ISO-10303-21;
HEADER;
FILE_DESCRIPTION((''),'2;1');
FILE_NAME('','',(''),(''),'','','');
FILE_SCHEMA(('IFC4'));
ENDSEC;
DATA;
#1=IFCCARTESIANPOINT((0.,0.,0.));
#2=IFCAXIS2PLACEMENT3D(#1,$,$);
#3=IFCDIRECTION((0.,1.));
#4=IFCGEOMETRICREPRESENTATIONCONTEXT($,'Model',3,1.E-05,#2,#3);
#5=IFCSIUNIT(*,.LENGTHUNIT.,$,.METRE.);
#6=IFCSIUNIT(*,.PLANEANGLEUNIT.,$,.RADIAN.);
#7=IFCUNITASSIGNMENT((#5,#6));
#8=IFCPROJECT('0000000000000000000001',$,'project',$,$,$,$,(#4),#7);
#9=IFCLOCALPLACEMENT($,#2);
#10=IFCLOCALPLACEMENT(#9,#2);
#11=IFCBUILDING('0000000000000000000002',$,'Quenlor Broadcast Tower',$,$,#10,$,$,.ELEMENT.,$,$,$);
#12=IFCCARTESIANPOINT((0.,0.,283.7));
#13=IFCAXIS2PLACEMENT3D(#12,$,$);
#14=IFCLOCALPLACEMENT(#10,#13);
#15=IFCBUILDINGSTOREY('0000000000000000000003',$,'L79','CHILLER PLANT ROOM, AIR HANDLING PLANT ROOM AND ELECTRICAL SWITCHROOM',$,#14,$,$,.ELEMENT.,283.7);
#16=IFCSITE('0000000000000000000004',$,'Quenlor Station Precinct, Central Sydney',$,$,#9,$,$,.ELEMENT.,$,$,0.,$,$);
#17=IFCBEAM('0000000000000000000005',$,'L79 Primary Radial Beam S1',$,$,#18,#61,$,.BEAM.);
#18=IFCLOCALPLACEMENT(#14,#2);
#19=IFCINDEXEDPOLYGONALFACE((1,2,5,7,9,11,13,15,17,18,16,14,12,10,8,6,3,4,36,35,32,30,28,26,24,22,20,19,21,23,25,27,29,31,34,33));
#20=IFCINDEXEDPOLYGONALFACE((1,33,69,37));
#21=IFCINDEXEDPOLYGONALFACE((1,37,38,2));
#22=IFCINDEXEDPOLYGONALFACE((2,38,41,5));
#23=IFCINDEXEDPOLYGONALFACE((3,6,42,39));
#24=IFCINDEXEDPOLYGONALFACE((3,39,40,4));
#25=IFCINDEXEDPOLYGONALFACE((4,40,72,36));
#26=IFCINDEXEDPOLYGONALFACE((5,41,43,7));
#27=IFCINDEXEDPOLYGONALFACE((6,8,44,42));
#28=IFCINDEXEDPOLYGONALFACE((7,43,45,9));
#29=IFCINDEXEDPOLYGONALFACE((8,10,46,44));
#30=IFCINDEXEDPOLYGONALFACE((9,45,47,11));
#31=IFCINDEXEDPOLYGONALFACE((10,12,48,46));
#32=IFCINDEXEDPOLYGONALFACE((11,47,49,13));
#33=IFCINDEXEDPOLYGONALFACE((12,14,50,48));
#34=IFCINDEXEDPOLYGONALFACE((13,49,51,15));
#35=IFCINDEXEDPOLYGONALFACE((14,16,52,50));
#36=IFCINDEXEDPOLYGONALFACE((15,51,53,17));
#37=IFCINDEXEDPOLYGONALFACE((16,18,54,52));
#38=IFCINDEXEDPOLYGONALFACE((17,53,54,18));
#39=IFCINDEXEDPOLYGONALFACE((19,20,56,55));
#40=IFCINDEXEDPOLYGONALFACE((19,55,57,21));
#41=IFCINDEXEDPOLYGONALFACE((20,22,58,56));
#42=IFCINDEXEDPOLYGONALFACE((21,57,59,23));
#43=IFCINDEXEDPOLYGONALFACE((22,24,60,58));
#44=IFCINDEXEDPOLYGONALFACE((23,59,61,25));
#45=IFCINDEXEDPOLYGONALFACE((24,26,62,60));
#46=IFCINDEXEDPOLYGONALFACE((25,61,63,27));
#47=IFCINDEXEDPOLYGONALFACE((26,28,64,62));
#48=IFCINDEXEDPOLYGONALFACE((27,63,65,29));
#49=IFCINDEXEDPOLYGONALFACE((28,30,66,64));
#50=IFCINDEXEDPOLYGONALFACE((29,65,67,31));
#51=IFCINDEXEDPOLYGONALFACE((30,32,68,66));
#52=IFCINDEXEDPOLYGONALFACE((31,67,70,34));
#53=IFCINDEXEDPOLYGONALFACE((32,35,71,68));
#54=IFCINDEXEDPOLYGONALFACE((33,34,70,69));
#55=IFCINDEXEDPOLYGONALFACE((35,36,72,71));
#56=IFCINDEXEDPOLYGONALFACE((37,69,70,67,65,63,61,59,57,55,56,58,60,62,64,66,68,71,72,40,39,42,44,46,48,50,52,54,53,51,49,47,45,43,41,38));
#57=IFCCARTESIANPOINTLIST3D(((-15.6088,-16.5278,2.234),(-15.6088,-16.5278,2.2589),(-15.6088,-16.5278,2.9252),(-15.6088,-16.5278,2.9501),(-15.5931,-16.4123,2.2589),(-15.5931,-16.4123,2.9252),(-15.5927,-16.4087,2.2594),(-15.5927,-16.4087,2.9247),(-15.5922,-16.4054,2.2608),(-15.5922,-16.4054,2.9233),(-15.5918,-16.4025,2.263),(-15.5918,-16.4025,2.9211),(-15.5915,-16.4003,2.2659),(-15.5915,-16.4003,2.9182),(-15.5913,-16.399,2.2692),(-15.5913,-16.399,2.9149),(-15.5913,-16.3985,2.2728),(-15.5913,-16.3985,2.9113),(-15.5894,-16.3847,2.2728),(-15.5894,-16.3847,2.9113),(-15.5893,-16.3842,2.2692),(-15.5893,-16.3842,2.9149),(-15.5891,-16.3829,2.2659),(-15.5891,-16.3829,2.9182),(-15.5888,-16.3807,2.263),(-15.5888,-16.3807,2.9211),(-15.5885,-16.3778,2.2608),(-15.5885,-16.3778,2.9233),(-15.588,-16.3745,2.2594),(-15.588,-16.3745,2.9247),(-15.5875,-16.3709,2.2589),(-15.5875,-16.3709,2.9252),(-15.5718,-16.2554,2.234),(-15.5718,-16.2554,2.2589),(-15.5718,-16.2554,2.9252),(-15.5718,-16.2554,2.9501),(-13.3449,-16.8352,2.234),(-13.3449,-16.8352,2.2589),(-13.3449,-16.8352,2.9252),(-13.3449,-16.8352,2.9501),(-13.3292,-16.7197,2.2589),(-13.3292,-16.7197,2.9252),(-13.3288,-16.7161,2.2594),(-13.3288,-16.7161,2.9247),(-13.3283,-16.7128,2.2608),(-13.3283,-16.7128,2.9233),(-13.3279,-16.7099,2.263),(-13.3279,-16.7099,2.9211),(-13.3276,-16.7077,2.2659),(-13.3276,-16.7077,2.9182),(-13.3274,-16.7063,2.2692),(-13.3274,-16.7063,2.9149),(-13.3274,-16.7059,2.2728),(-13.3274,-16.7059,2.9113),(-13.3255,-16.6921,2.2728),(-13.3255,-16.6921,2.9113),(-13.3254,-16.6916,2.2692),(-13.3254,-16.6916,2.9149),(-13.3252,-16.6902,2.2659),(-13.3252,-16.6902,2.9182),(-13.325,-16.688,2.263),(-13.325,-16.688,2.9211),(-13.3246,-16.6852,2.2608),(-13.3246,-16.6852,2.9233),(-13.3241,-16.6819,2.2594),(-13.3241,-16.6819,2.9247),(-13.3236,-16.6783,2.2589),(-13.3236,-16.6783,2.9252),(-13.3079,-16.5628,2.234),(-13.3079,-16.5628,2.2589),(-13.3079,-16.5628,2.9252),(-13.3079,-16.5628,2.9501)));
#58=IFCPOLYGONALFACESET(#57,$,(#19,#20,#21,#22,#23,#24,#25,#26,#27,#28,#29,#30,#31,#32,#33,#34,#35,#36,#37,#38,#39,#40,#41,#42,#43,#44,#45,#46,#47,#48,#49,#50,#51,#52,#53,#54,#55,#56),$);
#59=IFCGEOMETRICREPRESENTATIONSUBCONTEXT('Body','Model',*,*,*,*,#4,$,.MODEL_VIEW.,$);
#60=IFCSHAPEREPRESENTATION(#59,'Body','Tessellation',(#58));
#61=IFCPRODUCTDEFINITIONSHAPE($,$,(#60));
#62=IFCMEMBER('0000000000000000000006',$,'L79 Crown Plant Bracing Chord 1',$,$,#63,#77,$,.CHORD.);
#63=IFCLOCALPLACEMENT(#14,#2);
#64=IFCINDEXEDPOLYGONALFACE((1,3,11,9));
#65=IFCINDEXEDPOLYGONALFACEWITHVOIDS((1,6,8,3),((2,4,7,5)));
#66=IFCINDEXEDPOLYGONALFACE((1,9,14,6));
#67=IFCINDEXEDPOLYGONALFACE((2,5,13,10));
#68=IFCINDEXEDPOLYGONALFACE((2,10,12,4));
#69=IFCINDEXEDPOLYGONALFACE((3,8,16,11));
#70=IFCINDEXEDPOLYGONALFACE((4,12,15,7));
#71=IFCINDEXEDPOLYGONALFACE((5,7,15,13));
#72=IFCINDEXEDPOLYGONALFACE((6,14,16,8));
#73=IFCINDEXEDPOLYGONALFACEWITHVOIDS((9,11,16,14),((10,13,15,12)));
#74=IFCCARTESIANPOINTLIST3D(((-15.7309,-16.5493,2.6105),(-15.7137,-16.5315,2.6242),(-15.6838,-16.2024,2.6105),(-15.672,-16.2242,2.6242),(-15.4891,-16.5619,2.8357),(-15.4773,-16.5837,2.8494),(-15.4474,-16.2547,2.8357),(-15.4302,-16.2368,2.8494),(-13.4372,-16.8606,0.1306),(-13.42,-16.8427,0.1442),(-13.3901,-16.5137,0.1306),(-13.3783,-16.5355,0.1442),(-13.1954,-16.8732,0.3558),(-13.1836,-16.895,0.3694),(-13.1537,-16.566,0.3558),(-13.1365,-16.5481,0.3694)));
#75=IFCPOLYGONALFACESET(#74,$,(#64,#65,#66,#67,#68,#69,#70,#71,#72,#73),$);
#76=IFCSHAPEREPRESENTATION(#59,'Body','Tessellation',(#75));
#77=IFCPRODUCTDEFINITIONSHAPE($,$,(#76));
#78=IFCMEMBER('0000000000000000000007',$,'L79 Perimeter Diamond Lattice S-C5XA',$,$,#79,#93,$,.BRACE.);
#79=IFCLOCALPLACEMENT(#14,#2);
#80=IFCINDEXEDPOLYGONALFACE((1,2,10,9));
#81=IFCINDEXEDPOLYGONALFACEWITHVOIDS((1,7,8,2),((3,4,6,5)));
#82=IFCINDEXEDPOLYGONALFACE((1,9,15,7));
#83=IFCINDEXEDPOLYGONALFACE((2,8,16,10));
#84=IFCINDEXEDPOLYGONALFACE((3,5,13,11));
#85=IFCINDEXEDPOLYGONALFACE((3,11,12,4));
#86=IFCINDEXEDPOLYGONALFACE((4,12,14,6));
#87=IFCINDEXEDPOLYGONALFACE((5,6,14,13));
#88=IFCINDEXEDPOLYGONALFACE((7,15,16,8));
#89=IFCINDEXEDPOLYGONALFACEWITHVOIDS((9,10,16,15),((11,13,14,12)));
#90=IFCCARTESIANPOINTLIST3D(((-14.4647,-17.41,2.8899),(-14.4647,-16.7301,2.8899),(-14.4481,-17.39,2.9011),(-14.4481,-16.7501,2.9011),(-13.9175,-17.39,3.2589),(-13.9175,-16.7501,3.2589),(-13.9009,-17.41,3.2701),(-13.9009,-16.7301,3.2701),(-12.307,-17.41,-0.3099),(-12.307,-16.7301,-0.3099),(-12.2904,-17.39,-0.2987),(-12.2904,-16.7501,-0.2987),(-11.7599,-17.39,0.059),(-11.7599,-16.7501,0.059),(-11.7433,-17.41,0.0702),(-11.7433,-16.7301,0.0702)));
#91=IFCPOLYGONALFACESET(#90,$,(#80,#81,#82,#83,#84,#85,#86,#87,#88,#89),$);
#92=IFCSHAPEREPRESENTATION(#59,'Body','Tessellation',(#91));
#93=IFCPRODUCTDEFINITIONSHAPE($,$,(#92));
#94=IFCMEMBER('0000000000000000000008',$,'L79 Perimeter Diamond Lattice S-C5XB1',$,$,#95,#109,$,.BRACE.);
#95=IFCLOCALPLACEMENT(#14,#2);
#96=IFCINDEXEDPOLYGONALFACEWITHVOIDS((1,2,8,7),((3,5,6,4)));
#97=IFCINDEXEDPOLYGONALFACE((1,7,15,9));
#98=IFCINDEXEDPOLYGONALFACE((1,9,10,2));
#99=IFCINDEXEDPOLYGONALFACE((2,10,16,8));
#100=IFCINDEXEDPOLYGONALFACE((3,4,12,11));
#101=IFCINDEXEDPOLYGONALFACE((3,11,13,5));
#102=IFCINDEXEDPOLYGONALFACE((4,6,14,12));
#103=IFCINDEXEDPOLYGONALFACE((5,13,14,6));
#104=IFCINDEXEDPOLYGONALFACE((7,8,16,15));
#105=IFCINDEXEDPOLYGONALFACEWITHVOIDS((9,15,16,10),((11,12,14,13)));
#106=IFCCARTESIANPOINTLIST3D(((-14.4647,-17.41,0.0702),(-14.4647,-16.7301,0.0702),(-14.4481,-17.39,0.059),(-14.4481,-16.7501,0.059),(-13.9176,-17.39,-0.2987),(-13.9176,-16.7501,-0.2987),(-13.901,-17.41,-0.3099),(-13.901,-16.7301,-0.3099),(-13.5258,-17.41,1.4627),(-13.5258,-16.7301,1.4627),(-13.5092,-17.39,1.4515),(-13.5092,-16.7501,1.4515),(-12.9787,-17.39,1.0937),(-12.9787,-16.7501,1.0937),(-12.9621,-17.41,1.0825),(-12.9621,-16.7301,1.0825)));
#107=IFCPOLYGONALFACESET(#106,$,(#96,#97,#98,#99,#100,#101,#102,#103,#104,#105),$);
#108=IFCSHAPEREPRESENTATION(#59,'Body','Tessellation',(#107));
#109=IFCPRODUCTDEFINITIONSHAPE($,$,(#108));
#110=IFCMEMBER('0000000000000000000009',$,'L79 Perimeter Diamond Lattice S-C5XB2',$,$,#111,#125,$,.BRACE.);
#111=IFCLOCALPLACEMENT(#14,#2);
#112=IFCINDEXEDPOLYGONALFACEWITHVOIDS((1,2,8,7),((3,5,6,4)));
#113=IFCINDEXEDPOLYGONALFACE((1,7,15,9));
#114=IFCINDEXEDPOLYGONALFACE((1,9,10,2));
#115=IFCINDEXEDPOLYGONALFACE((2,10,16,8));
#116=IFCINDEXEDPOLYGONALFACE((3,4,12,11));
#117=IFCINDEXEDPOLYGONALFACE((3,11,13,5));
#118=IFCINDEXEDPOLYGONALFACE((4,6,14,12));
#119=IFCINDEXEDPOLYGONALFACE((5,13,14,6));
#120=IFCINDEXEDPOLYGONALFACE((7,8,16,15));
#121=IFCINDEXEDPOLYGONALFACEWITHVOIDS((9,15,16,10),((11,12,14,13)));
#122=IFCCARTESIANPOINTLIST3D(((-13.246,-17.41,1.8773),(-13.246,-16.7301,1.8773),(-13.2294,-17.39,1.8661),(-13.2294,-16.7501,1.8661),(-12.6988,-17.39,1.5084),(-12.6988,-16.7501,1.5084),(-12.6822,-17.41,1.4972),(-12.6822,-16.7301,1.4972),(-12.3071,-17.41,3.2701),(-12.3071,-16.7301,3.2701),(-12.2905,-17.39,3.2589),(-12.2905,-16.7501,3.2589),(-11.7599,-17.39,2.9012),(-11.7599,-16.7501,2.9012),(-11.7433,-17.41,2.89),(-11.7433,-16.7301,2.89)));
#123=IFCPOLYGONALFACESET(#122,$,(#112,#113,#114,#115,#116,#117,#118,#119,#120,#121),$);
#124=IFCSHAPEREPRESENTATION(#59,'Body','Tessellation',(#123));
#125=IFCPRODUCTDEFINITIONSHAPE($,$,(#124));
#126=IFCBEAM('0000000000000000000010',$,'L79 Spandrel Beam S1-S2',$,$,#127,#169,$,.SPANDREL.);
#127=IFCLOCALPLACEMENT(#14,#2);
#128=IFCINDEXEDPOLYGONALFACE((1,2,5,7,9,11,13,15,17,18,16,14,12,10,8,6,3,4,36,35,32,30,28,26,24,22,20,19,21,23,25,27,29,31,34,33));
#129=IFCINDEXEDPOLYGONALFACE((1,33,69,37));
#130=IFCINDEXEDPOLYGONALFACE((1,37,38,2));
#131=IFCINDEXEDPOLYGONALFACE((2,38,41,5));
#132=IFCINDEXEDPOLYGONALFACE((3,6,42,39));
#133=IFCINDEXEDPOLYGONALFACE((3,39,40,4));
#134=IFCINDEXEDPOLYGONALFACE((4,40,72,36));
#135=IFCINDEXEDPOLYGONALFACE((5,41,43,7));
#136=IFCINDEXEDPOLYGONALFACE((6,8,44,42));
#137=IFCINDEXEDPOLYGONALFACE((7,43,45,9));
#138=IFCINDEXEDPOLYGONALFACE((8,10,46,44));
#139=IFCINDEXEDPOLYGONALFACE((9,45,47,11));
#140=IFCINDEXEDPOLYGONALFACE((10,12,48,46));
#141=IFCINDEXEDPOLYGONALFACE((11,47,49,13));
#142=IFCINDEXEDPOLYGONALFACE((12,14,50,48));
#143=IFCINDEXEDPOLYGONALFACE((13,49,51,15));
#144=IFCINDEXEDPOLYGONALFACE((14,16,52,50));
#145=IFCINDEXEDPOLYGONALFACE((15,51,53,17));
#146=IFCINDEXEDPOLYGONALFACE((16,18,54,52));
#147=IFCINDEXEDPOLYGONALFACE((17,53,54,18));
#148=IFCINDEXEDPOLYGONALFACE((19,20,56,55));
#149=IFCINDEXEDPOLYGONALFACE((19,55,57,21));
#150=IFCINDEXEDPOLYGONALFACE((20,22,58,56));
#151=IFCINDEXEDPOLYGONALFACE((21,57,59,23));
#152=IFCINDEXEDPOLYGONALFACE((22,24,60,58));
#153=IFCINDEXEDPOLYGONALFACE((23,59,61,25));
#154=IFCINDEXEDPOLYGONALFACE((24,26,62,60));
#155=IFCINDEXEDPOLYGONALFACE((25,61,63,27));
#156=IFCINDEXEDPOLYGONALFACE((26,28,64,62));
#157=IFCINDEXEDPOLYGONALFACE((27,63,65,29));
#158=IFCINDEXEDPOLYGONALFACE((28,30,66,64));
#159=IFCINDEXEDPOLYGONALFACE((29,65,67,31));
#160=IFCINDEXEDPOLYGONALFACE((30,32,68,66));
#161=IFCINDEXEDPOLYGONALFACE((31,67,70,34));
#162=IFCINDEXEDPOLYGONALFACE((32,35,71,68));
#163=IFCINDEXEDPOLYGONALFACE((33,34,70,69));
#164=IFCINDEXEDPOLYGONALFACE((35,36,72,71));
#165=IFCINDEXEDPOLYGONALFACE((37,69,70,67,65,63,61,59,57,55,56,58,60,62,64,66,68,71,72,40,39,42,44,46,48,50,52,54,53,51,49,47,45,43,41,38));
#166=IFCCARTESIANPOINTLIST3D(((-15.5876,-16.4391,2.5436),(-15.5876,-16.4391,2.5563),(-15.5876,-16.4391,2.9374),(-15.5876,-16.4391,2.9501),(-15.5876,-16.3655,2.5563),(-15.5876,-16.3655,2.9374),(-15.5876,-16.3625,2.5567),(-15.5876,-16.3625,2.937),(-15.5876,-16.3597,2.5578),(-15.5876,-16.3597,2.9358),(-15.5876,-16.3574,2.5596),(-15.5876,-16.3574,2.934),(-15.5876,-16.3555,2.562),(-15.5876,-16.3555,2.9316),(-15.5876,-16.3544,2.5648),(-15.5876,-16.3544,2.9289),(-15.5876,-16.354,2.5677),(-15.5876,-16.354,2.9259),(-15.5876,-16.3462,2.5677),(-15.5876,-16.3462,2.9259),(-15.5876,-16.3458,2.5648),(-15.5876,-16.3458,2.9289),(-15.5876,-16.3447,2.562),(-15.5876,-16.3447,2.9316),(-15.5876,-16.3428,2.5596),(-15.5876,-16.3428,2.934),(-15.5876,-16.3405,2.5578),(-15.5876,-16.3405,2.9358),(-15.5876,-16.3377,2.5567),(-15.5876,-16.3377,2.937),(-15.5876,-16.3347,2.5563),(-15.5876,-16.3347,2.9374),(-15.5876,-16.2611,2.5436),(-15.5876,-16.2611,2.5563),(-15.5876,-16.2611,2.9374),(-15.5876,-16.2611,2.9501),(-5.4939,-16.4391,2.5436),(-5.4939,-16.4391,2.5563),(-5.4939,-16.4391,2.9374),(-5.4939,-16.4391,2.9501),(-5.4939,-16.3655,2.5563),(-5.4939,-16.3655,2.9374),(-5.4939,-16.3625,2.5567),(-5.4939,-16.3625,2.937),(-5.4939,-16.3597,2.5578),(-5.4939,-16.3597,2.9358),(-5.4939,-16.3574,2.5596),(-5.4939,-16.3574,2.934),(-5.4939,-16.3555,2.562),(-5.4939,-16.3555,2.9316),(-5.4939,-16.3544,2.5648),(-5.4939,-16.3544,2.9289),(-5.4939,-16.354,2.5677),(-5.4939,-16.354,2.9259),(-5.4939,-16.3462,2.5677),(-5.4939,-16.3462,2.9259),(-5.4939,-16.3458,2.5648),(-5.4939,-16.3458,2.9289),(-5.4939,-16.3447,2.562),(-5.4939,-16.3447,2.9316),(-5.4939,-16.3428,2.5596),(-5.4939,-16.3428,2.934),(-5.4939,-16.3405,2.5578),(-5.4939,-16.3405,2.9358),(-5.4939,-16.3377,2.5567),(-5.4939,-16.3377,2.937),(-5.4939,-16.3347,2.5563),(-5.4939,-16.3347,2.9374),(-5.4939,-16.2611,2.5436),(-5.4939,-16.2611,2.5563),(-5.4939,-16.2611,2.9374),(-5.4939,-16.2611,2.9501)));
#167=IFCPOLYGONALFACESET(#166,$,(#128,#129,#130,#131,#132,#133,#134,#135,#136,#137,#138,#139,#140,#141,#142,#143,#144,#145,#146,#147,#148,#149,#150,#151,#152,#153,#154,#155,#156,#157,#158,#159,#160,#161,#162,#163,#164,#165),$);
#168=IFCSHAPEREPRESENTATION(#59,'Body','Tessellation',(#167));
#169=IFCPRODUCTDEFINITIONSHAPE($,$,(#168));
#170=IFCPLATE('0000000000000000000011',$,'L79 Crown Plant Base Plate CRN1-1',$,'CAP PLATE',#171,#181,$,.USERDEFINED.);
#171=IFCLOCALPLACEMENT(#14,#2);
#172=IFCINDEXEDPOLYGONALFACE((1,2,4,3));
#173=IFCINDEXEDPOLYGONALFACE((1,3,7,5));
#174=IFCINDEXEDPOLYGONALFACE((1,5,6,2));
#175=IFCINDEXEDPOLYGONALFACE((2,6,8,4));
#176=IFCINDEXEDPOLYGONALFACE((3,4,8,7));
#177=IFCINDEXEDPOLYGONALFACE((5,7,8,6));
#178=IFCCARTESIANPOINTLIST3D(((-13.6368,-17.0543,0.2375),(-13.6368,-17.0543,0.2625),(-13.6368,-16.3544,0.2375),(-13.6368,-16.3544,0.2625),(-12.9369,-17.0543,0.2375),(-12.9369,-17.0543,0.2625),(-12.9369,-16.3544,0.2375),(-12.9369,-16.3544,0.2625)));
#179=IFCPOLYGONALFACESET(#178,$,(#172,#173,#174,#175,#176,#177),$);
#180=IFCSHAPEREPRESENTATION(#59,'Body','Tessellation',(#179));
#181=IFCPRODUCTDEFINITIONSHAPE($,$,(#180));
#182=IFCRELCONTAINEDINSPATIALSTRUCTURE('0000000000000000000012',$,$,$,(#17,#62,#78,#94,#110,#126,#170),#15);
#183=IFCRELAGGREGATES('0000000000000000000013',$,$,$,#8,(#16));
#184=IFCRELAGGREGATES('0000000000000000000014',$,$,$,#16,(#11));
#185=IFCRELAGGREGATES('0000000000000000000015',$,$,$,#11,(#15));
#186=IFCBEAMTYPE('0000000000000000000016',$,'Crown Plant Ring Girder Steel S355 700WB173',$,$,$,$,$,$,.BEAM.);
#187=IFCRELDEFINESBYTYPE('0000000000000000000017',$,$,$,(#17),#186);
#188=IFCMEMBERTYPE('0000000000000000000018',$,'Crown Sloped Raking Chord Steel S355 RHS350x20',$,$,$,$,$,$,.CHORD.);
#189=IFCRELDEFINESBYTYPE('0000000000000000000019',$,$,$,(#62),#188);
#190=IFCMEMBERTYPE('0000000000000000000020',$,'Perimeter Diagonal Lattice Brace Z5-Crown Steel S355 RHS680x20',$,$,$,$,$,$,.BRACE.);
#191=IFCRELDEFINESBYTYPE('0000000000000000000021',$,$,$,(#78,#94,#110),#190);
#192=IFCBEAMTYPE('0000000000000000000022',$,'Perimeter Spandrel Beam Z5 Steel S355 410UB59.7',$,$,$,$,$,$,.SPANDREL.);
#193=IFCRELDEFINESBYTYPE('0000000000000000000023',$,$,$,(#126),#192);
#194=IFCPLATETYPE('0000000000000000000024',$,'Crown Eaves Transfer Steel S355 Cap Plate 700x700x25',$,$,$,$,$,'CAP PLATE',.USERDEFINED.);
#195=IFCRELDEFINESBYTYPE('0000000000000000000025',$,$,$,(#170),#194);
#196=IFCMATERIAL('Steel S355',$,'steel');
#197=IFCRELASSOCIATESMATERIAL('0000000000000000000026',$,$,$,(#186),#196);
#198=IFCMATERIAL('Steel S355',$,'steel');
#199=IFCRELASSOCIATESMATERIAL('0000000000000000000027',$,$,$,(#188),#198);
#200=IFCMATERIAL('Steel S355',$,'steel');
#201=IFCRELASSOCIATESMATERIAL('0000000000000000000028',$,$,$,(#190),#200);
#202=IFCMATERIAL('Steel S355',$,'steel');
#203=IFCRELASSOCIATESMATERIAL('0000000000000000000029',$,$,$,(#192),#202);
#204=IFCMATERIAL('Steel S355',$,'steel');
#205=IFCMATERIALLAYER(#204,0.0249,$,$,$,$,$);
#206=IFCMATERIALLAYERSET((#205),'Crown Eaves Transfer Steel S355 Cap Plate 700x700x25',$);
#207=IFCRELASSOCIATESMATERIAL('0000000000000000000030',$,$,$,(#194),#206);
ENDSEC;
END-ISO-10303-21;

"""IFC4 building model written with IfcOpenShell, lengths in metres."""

from ifc_helpers import new_model, si_unit, direction, frame, origin, origin_2d, place, context, subcontext, project, spatial, rectangle, hollow_rectangle, i_section, extrude, material, layer, layer_set, material_profile, profile_set, type_object, element, save


model = new_model("IFC4")

# Units and contexts
model_context = context("Model", 3, precision=1e-05, world=origin(), true_north=direction((0.0, 1.0)))
body_context = subcontext(model_context, "Body", "Model", "MODEL_VIEW")
ifc_project = project(units=[si_unit("LENGTHUNIT", "METRE"), si_unit("PLANEANGLEUNIT", "RADIAN")], contexts=[model_context])

# Site, building, storey
site_placement = place(None, origin())
site = spatial("IfcSite", under=ifc_project, at=site_placement, Name="Quenlor Station Precinct, Central Sydney", CompositionType="ELEMENT", RefElevation=0.0)
building_placement = place(site_placement, origin())
building = spatial("IfcBuilding", under=site, at=building_placement, Name="Quenlor Broadcast Tower", CompositionType="ELEMENT")
storey_placement = place(building_placement, frame((0.0, 0.0, 283.7)))
storey = spatial("IfcBuildingStorey", under=building, at=storey_placement, Name="L79", Description="CHILLER PLANT ROOM, AIR HANDLING PLANT ROOM AND ELECTRICAL SWITCHROOM", CompositionType="ELEMENT", Elevation=283.7)

# Beam
ifc_material_1 = material(Name="Steel S355", Category="steel")
ifc_material_profile_1 = material_profile(ifc_material_1, i_section(OverallWidth=0.2749, OverallDepth=0.7161, WebThickness=0.0139, FlangeThickness=0.0249, FilletRadius=0.0139, at=origin_2d()))
ifc_profile_set_1 = profile_set([ifc_material_profile_1], Name="Steel S355 700WB173")
beam_type_1 = type_object("IfcBeamType", Name="Crown Plant Ring Girder Steel S355 700WB173", PredefinedType="BEAM", material=ifc_profile_set_1)
beam_1_placement = place(storey_placement, frame((-15.5903, -16.3916, 2.592), z_axis=(0.990909, -0.134536, 0.0), x_axis=(0.134536, 0.990909, 0.0)))
element("IfcBeam", 1, at=beam_1_placement, inside=storey, type_object=beam_type_1, Name="L79 Primary Radial Beam S1", PredefinedType="BEAM", context=body_context, shape_type="SweptSolid", body=[
    extrude(i_section(OverallWidth=0.2749, OverallDepth=0.7161, WebThickness=0.0139, FlangeThickness=0.0249, FilletRadius=0.0139, at=origin_2d()), origin(), (0.0, 0.0, 1.0), 2.2847),
])

# Members
ifc_material_2 = material(Name="Steel S355", Category="steel")
ifc_material_profile_2 = material_profile(ifc_material_2, hollow_rectangle(XDim=0.3501, YDim=0.3501, WallThickness=0.02, at=origin_2d()))
ifc_profile_set_2 = profile_set([ifc_material_profile_2], Name="Steel S355 RHS350x350x20")
member_type_1 = type_object("IfcMemberType", Name="Crown Sloped Raking Chord Steel S355 RHS350x20", PredefinedType="CHORD", material=ifc_profile_set_2)
member_1_placement = place(storey_placement, frame((-13.2869, -16.7043, 0.25), z_axis=(-0.676133, 0.091758, 0.731044), x_axis=(-0.134478, -0.990917, 0.0)))
element("IfcMember", 2, at=member_1_placement, inside=storey, type_object=member_type_1, Name="L79 Crown Plant Bracing Chord 1", PredefinedType="CHORD", context=body_context, shape_type="SweptSolid", body=[
    extrude(hollow_rectangle(XDim=0.3501, YDim=0.3501, WallThickness=0.02, at=origin_2d()), origin(), (0.0, 0.0, 1.0), 3.3923),
])
ifc_material_3 = material(Name="Steel S355", Category="steel")
ifc_material_profile_3 = material_profile(ifc_material_3, hollow_rectangle(XDim=0.6799, YDim=0.6799, WallThickness=0.02, at=origin_2d()))
ifc_profile_set_3 = profile_set([ifc_material_profile_3], Name="Steel S355 RHS680x680x20")
member_type_2 = type_object("IfcMemberType", Name="Perimeter Diagonal Lattice Brace Z5-Crown Steel S355 RHS680x20", PredefinedType="BRACE", material=ifc_profile_set_3)
member_2_placement = place(storey_placement, frame((-12.0251, -17.0701, -0.1199), z_axis=(-0.559072, 0.0, 0.829119), x_axis=(0.0, -1.0, 0.0)))
element("IfcMember", 3, at=member_2_placement, inside=storey, type_object=member_type_2, Name="L79 Perimeter Diamond Lattice S-C5XA", PredefinedType="BRACE", context=body_context, shape_type="SweptSolid", body=[
    extrude(hollow_rectangle(XDim=0.6799, YDim=0.6799, WallThickness=0.02, at=origin_2d()), origin(), (0.0, 0.0, 1.0), 3.8594),
])
member_3_placement = place(storey_placement, frame((-14.1829, -17.0701, -0.1199), z_axis=(0.559053, 0.0, 0.829132), x_axis=(0.0, 1.0, 0.0)))
element("IfcMember", 4, at=member_3_placement, inside=storey, type_object=member_type_2, Name="L79 Perimeter Diamond Lattice S-C5XB1", PredefinedType="BRACE", context=body_context, shape_type="SweptSolid", body=[
    extrude(hollow_rectangle(XDim=0.6799, YDim=0.6799, WallThickness=0.02, at=origin_2d()), origin(), (0.0, 0.0, 1.0), 1.6794),
])
member_4_placement = place(storey_placement, frame((-12.9641, -17.0701, 1.6873), z_axis=(0.558986, 0.0, 0.829177), x_axis=(0.0, 1.0, 0.0)))
element("IfcMember", 5, at=member_4_placement, inside=storey, type_object=member_type_2, Name="L79 Perimeter Diamond Lattice S-C5XB2", PredefinedType="BRACE", context=body_context, shape_type="SweptSolid", body=[
    extrude(hollow_rectangle(XDim=0.6799, YDim=0.6799, WallThickness=0.02, at=origin_2d()), origin(), (0.0, 0.0, 1.0), 1.6797),
])

# Beam
ifc_material_4 = material(Name="Steel S355", Category="steel")
ifc_material_profile_4 = material_profile(ifc_material_4, i_section(OverallWidth=0.178, OverallDepth=0.4065, WebThickness=0.0078, FlangeThickness=0.0127, FilletRadius=0.0115, at=origin_2d()))
ifc_profile_set_4 = profile_set([ifc_material_profile_4], Name="Steel S355 410UB59.7")
beam_type_2 = type_object("IfcBeamType", Name="Perimeter Spandrel Beam Z5 Steel S355 410UB59.7", PredefinedType="SPANDREL", material=ifc_profile_set_4)
beam_2_placement = place(storey_placement, frame((-15.5876, -16.3501, 2.7468), z_axis=(1.0, 0.0, 0.0), x_axis=(0.0, 1.0, 0.0)))
element("IfcBeam", 6, at=beam_2_placement, inside=storey, type_object=beam_type_2, Name="L79 Spandrel Beam S1-S2", PredefinedType="SPANDREL", context=body_context, shape_type="SweptSolid", body=[
    extrude(i_section(OverallWidth=0.178, OverallDepth=0.4065, WebThickness=0.0078, FlangeThickness=0.0127, FilletRadius=0.0115, at=origin_2d()), origin(), (0.0, 0.0, 1.0), 10.0938),
])

# Plate
ifc_material_5 = material(Name="Steel S355", Category="steel")
ifc_layer_1 = layer(ifc_material_5, 0.0249)
ifc_layer_set_1 = layer_set([ifc_layer_1], Name="Crown Eaves Transfer Steel S355 Cap Plate 700x700x25")
plate_type_1 = type_object("IfcPlateType", Name="Crown Eaves Transfer Steel S355 Cap Plate 700x700x25", ElementType="CAP PLATE", PredefinedType="USERDEFINED", material=ifc_layer_set_1)
plate_1_placement = place(storey_placement, frame((-13.2869, -16.7043, 0.2375), z_axis=(0.0, 0.0, 1.0), x_axis=(1.0, 0.0, 0.0)))
element("IfcPlate", 7, at=plate_1_placement, inside=storey, type_object=plate_type_1, Name="L79 Crown Plant Base Plate CRN1-1", ObjectType="CAP PLATE", PredefinedType="USERDEFINED", context=body_context, shape_type="SweptSolid", body=[
    extrude(rectangle(XDim=0.7, YDim=0.7, at=origin_2d()), origin(), (0.0, 0.0, 1.0), 0.0249),
])

save(model, "model.ifc")
